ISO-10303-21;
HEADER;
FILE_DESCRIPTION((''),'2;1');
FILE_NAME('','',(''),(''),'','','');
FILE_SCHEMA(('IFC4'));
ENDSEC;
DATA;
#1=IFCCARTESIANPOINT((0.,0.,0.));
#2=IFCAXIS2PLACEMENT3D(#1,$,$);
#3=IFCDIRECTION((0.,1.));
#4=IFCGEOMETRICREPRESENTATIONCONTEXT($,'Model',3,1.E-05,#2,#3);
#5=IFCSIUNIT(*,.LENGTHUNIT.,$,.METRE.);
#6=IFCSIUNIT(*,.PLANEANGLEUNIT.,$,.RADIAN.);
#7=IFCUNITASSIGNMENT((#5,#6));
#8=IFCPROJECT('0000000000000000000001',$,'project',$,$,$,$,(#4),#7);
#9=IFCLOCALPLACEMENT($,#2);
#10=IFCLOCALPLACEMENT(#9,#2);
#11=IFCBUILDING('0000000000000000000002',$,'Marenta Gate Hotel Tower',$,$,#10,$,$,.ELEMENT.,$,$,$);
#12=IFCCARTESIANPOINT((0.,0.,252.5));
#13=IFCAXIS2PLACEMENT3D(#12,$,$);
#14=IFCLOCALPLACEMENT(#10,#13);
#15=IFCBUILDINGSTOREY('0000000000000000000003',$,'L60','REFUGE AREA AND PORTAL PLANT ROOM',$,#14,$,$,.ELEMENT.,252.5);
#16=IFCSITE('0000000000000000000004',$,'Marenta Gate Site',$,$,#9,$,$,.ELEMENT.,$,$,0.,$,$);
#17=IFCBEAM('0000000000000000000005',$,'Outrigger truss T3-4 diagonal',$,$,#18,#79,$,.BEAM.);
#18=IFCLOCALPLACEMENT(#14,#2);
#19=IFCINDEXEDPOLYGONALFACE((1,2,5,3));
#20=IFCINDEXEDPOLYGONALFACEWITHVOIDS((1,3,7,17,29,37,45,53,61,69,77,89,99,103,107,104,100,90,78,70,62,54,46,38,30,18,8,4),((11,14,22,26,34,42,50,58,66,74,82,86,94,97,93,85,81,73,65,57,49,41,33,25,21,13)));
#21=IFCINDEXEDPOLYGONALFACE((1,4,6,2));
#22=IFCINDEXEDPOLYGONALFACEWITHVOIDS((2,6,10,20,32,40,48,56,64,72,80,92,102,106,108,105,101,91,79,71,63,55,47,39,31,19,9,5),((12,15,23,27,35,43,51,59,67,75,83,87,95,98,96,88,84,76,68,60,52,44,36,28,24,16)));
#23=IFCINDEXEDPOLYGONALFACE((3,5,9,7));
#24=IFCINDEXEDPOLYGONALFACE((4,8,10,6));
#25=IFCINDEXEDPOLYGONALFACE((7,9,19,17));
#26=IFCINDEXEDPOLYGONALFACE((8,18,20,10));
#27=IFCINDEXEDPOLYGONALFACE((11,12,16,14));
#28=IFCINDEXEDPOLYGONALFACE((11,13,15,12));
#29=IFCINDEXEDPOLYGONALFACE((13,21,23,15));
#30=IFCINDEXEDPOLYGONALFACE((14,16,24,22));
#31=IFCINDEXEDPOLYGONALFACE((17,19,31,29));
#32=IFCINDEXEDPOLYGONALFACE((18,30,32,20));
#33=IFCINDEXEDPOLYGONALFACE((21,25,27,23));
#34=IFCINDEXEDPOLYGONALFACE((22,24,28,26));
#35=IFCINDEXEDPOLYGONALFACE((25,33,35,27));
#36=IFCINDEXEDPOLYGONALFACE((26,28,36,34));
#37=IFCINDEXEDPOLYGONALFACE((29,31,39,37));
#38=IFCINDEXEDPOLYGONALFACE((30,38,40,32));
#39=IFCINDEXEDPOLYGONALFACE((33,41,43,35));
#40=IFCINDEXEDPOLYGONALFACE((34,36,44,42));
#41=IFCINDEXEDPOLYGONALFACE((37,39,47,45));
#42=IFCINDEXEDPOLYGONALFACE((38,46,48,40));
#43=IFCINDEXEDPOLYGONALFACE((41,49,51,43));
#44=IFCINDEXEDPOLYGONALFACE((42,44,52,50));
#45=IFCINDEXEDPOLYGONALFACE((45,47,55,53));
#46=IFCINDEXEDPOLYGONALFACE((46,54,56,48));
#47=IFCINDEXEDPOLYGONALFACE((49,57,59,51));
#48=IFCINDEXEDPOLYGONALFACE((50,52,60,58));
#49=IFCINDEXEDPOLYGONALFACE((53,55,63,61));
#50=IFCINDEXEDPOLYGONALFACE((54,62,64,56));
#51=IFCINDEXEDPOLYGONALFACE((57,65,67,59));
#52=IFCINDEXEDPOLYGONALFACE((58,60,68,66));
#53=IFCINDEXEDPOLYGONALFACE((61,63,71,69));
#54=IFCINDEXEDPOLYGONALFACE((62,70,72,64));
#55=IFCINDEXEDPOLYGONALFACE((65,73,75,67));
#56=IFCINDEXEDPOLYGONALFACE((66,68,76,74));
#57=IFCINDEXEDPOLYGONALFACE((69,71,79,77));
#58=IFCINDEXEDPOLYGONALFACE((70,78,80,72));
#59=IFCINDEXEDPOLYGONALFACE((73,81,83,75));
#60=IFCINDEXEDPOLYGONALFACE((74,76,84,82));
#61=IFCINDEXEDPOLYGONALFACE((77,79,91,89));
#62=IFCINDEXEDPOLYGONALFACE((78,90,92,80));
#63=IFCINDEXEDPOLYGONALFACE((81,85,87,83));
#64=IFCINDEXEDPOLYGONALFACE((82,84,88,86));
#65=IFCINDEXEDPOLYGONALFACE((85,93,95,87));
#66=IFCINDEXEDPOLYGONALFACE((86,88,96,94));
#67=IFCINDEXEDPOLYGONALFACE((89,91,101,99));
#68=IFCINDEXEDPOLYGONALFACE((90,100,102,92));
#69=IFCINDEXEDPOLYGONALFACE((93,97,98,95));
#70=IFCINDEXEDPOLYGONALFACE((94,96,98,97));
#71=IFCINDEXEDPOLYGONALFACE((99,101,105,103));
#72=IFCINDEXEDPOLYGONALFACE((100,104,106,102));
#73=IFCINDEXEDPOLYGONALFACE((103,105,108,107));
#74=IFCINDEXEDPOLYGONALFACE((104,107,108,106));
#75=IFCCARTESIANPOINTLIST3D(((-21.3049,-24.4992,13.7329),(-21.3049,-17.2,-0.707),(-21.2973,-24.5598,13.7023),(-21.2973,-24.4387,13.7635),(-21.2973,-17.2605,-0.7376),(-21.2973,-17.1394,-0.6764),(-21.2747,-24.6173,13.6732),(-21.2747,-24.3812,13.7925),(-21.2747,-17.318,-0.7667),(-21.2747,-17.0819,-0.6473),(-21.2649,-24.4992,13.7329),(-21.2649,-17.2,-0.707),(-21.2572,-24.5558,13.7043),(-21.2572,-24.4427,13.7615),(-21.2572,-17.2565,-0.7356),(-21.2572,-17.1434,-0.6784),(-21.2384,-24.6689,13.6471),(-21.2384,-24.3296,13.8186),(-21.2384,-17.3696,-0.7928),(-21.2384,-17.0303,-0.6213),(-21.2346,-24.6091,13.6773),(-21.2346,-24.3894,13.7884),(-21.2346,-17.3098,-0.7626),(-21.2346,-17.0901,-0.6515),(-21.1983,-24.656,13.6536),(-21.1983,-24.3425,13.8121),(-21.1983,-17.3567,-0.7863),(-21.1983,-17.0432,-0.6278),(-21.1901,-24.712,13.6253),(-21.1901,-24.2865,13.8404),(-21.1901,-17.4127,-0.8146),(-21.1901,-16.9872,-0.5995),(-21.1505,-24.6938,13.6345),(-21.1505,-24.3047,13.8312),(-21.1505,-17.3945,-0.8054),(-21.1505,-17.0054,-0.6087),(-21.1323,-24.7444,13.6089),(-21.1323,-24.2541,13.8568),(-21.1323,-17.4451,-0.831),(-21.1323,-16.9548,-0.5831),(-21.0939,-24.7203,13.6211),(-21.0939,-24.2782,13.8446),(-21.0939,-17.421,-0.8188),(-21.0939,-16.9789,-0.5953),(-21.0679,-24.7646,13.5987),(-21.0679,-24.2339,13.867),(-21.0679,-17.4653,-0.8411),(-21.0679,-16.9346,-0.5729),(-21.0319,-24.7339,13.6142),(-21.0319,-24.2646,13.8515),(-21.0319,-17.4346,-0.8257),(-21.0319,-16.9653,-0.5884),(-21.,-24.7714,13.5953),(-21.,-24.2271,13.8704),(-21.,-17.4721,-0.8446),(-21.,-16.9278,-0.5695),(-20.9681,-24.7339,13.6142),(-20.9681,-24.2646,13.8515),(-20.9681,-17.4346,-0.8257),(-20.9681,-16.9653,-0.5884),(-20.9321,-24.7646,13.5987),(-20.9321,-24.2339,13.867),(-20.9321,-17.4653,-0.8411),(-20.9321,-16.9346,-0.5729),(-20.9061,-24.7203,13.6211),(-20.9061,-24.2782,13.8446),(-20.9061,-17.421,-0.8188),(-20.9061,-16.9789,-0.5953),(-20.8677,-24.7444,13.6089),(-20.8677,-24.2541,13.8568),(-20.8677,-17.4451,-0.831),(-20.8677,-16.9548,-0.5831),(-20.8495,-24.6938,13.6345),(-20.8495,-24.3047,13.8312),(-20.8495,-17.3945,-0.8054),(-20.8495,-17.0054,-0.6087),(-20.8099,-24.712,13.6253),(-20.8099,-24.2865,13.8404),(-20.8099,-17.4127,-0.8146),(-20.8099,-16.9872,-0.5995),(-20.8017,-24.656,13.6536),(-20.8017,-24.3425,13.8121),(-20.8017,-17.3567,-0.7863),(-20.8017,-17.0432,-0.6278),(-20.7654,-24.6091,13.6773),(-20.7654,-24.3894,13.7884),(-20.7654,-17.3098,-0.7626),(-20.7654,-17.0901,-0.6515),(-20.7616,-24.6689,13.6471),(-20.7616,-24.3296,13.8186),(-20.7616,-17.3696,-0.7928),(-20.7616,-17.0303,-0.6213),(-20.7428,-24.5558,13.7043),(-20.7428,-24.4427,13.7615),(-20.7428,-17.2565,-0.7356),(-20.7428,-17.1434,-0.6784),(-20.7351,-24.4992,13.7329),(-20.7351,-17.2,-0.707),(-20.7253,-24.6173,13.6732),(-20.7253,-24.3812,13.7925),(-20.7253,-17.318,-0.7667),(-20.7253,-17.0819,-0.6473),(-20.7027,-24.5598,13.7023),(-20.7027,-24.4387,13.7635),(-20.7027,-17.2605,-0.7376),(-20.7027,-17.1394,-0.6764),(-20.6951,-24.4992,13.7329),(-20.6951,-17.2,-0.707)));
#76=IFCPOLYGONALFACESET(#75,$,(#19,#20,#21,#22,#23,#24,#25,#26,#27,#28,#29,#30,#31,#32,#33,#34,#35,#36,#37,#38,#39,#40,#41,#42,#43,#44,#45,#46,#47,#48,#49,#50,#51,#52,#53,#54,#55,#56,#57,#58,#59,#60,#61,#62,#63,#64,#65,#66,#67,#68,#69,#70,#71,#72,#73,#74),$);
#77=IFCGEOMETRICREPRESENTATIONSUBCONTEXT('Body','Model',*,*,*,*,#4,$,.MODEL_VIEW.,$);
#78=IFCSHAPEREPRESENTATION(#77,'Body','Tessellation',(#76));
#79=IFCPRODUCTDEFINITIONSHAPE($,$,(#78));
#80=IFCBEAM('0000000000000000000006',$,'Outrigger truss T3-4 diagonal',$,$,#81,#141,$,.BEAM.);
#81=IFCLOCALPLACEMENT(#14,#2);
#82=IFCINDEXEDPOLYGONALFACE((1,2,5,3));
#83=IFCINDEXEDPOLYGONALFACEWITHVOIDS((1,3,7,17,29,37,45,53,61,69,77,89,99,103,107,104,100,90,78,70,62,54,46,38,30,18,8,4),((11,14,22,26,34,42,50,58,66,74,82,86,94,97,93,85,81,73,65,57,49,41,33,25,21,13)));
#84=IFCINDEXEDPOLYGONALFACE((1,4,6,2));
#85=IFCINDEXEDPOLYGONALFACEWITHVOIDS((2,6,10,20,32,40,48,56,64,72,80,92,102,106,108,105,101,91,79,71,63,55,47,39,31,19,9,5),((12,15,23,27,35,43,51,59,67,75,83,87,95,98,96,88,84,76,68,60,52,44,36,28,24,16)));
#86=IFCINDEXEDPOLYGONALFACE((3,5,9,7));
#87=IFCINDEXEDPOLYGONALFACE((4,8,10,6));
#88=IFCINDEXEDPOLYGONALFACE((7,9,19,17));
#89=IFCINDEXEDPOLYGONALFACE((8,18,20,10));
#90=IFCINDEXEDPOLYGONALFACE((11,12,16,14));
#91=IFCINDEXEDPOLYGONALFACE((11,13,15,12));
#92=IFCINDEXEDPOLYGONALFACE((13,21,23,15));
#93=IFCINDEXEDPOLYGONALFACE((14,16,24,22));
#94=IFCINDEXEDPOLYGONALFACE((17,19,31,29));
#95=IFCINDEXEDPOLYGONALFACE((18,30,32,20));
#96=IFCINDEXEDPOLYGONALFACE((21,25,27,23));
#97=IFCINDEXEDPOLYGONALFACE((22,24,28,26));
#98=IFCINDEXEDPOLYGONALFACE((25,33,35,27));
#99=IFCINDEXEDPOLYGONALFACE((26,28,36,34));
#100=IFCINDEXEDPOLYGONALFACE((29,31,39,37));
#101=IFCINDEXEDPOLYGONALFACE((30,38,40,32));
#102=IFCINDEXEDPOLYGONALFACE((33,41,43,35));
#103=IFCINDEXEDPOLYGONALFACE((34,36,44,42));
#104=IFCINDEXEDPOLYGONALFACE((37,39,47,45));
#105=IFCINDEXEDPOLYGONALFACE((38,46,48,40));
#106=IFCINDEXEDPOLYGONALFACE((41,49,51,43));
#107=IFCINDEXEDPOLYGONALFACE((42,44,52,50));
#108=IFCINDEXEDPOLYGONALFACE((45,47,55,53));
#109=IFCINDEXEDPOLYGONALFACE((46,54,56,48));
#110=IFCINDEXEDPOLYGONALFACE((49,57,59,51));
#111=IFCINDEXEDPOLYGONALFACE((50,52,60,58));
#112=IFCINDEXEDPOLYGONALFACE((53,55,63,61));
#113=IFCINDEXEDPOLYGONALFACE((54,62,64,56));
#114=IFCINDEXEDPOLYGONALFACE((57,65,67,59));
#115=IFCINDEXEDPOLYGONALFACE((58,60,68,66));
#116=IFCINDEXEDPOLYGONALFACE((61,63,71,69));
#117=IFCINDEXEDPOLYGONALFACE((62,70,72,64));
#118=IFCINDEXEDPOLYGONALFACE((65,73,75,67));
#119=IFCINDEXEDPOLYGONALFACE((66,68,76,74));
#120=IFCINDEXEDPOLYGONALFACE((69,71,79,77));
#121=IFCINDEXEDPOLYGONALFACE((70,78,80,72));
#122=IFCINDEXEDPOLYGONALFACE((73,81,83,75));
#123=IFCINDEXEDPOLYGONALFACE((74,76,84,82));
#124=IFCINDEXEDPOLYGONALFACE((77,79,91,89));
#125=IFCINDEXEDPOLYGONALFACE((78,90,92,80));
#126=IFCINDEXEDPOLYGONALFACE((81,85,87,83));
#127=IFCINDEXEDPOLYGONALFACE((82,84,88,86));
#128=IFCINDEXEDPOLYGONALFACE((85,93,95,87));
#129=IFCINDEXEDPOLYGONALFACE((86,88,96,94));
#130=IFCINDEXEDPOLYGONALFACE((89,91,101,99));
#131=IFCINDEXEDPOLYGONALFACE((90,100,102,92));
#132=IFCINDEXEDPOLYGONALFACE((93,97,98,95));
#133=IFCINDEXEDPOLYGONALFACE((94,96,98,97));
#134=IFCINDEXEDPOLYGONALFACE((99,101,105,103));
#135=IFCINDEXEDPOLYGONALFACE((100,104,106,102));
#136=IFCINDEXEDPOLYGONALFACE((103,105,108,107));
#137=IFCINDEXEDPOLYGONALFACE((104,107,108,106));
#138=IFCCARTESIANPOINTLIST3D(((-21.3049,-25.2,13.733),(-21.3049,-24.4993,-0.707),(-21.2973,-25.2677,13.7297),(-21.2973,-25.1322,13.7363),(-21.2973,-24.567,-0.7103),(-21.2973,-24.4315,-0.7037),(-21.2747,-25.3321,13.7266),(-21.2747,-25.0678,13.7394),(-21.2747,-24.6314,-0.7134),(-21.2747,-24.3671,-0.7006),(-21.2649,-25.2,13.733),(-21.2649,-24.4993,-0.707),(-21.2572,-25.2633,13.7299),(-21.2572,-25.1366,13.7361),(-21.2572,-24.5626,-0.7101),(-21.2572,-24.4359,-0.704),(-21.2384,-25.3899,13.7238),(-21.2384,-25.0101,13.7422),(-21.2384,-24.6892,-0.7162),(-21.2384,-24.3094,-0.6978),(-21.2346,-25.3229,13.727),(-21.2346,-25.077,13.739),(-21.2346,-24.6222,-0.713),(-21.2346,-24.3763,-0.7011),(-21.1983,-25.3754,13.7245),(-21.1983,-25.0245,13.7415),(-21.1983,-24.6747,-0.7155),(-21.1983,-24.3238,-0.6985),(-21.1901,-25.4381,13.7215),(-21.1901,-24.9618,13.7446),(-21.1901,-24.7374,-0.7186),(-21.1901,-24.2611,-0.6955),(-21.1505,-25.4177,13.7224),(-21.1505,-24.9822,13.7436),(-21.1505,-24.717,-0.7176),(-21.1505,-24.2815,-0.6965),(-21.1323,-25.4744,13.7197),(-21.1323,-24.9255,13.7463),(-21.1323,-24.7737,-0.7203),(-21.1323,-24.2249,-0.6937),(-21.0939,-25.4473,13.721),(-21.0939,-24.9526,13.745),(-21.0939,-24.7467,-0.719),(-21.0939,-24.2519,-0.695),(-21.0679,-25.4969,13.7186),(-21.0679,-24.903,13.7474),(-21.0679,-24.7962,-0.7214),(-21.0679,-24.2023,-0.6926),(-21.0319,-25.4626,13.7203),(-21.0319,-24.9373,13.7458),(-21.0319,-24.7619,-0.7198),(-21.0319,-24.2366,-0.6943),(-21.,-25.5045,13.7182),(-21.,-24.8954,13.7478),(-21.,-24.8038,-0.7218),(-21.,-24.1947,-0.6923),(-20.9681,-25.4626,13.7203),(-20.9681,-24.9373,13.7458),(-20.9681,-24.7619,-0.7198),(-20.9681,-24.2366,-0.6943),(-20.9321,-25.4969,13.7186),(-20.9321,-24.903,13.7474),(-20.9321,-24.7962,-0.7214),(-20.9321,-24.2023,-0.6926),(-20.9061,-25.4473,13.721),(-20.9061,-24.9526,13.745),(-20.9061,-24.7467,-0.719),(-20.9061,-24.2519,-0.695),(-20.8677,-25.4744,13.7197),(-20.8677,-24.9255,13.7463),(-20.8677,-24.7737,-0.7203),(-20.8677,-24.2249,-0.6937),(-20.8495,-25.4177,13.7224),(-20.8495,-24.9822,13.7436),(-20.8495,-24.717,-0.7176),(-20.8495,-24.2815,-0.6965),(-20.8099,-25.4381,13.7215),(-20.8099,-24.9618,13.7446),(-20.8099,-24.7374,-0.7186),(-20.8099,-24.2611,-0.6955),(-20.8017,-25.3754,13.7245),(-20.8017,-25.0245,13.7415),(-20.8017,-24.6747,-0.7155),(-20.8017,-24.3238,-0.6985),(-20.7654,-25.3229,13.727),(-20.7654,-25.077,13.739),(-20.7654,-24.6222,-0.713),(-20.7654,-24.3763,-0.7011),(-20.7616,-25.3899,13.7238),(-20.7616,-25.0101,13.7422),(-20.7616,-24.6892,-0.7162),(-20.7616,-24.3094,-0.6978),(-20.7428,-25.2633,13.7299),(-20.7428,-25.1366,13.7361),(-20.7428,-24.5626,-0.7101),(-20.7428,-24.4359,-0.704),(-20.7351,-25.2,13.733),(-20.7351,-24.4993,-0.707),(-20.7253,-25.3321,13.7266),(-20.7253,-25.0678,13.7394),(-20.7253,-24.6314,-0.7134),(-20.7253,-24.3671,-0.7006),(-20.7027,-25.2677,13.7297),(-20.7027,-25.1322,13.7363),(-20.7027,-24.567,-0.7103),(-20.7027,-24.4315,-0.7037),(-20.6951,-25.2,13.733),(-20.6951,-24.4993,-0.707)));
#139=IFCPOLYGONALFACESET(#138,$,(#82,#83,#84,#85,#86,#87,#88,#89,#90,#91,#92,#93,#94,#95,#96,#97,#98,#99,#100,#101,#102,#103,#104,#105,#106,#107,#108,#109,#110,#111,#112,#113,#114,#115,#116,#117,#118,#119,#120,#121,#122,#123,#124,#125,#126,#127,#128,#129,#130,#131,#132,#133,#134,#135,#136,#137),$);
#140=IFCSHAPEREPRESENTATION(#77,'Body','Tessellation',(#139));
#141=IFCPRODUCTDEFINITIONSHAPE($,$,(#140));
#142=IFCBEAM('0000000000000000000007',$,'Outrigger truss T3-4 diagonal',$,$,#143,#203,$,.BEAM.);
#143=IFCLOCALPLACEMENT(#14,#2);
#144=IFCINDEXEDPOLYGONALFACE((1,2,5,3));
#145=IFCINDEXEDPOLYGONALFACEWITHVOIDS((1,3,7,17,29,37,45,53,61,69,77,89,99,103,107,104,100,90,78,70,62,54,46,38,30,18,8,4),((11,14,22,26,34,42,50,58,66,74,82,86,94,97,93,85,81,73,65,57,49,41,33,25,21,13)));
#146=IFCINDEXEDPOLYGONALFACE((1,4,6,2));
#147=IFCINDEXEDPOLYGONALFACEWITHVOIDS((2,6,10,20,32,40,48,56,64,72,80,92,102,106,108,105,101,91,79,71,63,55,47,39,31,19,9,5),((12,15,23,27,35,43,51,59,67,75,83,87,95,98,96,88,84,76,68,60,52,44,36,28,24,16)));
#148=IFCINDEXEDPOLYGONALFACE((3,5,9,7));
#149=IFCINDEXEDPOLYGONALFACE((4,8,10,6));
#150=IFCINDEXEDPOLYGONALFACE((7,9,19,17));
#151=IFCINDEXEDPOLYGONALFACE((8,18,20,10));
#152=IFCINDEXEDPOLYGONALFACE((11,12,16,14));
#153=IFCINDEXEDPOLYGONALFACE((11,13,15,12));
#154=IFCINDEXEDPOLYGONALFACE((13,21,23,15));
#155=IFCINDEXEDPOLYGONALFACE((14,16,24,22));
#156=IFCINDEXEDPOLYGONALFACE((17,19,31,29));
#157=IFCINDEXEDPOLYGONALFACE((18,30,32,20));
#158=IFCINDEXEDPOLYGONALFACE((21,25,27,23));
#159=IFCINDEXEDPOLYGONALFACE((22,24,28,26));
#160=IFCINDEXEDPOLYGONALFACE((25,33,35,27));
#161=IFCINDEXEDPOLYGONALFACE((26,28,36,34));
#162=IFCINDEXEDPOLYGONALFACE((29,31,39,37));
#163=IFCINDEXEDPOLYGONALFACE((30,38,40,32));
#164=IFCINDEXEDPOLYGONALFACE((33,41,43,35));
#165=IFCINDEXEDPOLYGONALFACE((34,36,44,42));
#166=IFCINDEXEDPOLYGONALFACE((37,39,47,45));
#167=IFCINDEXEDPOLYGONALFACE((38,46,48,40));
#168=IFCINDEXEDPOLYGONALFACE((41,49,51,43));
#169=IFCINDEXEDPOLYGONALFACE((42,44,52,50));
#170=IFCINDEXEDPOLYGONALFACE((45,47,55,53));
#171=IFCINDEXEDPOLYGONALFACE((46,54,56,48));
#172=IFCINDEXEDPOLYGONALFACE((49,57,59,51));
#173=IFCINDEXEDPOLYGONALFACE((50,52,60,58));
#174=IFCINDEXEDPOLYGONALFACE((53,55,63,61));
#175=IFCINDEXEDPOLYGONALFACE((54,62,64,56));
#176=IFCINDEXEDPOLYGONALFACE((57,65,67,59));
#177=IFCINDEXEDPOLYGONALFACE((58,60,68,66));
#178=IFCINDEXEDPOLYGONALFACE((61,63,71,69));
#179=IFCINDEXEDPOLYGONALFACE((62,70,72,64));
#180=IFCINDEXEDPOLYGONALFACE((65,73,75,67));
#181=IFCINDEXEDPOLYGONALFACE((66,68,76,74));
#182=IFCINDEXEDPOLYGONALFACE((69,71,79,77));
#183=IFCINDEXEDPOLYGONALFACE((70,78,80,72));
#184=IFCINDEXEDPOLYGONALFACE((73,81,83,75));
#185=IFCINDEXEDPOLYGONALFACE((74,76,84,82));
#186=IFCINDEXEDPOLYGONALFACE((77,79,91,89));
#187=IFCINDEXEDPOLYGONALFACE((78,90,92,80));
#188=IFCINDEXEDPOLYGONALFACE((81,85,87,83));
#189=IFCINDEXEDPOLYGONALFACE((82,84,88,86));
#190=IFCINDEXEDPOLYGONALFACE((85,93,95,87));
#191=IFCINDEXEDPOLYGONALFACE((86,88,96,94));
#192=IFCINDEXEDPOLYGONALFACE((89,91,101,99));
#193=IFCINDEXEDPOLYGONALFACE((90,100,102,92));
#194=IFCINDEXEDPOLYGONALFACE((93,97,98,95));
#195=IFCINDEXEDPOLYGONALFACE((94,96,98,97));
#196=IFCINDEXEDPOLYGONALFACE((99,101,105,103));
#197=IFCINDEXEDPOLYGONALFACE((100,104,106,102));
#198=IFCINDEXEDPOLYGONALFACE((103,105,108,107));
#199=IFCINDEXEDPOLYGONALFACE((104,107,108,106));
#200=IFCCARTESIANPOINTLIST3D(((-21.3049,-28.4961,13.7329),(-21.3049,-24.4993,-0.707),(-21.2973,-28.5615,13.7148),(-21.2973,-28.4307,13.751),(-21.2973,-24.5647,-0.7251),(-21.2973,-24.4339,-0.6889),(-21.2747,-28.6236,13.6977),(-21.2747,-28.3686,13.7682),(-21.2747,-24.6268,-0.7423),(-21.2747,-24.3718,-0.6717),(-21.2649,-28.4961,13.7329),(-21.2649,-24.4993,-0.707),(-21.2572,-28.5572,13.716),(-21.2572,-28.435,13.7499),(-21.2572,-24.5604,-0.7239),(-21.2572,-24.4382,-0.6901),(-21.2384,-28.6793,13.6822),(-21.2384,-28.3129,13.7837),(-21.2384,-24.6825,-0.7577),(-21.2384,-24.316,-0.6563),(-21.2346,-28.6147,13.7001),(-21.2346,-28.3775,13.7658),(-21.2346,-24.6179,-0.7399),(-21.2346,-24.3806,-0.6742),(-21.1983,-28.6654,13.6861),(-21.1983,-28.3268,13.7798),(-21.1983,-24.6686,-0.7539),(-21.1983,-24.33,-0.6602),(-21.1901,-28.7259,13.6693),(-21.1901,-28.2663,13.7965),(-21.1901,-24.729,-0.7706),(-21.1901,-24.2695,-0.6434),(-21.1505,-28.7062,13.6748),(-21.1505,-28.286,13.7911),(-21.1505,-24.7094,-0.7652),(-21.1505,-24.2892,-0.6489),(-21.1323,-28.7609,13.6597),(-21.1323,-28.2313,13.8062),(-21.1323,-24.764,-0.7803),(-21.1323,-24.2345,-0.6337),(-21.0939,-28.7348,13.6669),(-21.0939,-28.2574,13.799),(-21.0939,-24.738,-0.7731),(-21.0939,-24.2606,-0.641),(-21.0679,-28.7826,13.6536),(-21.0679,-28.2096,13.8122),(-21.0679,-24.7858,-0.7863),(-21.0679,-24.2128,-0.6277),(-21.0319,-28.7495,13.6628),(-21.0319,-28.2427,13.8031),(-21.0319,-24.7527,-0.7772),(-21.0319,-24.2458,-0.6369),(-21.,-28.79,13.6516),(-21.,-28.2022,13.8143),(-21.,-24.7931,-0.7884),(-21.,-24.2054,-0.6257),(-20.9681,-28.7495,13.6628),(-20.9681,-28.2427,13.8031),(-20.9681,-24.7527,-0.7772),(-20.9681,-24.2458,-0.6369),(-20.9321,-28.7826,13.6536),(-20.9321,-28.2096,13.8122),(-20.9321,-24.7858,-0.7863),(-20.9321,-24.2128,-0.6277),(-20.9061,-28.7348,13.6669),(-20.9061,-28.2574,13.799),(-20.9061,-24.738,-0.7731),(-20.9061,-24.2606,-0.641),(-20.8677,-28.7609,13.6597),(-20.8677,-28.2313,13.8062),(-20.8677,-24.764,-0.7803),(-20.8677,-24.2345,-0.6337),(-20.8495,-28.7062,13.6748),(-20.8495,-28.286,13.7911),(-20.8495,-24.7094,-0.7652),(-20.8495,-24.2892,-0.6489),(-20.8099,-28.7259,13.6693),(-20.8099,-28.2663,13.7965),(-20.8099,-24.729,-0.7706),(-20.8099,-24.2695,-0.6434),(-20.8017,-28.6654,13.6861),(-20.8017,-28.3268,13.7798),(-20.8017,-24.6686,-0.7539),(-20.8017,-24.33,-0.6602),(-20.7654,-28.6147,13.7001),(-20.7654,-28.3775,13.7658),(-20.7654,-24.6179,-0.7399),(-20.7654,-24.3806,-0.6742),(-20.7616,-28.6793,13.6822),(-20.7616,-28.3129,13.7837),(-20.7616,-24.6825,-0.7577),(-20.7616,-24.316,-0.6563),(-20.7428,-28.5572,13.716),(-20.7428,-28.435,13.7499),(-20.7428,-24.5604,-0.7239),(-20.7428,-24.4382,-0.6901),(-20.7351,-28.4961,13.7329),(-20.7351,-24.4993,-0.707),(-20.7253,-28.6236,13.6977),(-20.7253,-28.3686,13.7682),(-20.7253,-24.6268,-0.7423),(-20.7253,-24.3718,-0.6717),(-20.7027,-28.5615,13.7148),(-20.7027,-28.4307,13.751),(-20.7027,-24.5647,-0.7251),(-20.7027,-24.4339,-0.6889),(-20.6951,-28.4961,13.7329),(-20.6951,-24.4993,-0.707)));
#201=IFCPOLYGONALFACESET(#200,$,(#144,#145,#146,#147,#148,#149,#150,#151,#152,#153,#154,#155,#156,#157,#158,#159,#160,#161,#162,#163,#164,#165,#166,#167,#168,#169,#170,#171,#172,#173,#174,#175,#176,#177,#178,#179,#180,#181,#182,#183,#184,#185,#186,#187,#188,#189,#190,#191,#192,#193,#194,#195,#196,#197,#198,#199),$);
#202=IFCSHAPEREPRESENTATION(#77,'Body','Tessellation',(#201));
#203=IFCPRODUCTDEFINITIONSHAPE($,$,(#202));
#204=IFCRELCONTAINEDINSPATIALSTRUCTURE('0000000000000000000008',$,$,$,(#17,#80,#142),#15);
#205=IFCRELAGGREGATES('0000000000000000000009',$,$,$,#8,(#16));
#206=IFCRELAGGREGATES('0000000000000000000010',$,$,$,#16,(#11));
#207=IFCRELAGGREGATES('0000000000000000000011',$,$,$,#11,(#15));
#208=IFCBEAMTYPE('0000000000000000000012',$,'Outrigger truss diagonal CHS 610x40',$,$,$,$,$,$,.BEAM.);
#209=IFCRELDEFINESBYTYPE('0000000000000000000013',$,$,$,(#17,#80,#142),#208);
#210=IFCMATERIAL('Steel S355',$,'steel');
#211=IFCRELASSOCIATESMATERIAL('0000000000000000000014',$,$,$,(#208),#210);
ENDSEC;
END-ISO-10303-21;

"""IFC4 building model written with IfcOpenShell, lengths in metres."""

from ifc_helpers import new_model, si_unit, direction, frame, origin, origin_2d, place, context, subcontext, project, spatial, hollow_circle, extrude, material, material_profile, profile_set, type_object, element, save


model = new_model("IFC4")

# Units and contexts
model_context = context("Model", 3, precision=1e-05, world=origin(), true_north=direction((0.0, 1.0)))
body_context = subcontext(model_context, "Body", "Model", "MODEL_VIEW")
ifc_project = project(units=[si_unit("LENGTHUNIT", "METRE"), si_unit("PLANEANGLEUNIT", "RADIAN")], contexts=[model_context])

# Site, building, storey
site_placement = place(None, origin())
site = spatial("IfcSite", under=ifc_project, at=site_placement, Name="Marenta Gate Site", CompositionType="ELEMENT", RefElevation=0.0)
building_placement = place(site_placement, origin())
building = spatial("IfcBuilding", under=site, at=building_placement, Name="Marenta Gate Hotel Tower", CompositionType="ELEMENT")
storey_placement = place(building_placement, frame((0.0, 0.0, 252.5)))
storey = spatial("IfcBuildingStorey", under=building, at=storey_placement, Name="L60", Description="REFUGE AREA AND PORTAL PLANT ROOM", CompositionType="ELEMENT", Elevation=252.5)

# Beams
ifc_material_1 = material(Name="Steel S355", Category="steel")
ifc_material_profile_1 = material_profile(ifc_material_1, hollow_circle(Radius=0.3049, WallThickness=0.04, at=origin_2d()), Name="CHS 610x40")
ifc_profile_set_1 = profile_set([ifc_material_profile_1], Name="Steel S355")
beam_type_1 = type_object("IfcBeamType", Name="Outrigger truss diagonal CHS 610x40", PredefinedType="BEAM", material=ifc_profile_set_1)
beam_1_placement = place(storey_placement, frame((-21.0, -17.2, -0.707), z_axis=(0.0, -0.451132, 0.892457), x_axis=(1.0, 0.0, 0.0)))
element("IfcBeam", 1, at=beam_1_placement, inside=storey, type_object=beam_type_1, Name="Outrigger truss T3-4 diagonal", PredefinedType="BEAM", context=body_context, shape_type="SweptSolid", body=[
    extrude(hollow_circle(Radius=0.3049, WallThickness=0.04, at=origin_2d()), origin(), (0.0, 0.0, 1.0), 16.1799),
])
beam_2_placement = place(storey_placement, frame((-21.0, -24.4993, -0.707), z_axis=(0.0, -0.048467, 0.998825), x_axis=(1.0, 0.0, 0.0)))
element("IfcBeam", 2, at=beam_2_placement, inside=storey, type_object=beam_type_1, Name="Outrigger truss T3-4 diagonal", PredefinedType="BEAM", context=body_context, shape_type="SweptSolid", body=[
    extrude(hollow_circle(Radius=0.3049, WallThickness=0.04, at=origin_2d()), origin(), (0.0, 0.0, 1.0), 14.457),
])
beam_3_placement = place(storey_placement, frame((-21.0, -24.4993, -0.707), z_axis=(0.0, -0.26676, 0.963763), x_axis=(1.0, 0.0, 0.0)))
element("IfcBeam", 3, at=beam_3_placement, inside=storey, type_object=beam_type_1, Name="Outrigger truss T3-4 diagonal", PredefinedType="BEAM", context=body_context, shape_type="SweptSolid", body=[
    extrude(hollow_circle(Radius=0.3049, WallThickness=0.04, at=origin_2d()), origin(), (0.0, 0.0, 1.0), 14.9829),
])

save(model, "model.ifc")
